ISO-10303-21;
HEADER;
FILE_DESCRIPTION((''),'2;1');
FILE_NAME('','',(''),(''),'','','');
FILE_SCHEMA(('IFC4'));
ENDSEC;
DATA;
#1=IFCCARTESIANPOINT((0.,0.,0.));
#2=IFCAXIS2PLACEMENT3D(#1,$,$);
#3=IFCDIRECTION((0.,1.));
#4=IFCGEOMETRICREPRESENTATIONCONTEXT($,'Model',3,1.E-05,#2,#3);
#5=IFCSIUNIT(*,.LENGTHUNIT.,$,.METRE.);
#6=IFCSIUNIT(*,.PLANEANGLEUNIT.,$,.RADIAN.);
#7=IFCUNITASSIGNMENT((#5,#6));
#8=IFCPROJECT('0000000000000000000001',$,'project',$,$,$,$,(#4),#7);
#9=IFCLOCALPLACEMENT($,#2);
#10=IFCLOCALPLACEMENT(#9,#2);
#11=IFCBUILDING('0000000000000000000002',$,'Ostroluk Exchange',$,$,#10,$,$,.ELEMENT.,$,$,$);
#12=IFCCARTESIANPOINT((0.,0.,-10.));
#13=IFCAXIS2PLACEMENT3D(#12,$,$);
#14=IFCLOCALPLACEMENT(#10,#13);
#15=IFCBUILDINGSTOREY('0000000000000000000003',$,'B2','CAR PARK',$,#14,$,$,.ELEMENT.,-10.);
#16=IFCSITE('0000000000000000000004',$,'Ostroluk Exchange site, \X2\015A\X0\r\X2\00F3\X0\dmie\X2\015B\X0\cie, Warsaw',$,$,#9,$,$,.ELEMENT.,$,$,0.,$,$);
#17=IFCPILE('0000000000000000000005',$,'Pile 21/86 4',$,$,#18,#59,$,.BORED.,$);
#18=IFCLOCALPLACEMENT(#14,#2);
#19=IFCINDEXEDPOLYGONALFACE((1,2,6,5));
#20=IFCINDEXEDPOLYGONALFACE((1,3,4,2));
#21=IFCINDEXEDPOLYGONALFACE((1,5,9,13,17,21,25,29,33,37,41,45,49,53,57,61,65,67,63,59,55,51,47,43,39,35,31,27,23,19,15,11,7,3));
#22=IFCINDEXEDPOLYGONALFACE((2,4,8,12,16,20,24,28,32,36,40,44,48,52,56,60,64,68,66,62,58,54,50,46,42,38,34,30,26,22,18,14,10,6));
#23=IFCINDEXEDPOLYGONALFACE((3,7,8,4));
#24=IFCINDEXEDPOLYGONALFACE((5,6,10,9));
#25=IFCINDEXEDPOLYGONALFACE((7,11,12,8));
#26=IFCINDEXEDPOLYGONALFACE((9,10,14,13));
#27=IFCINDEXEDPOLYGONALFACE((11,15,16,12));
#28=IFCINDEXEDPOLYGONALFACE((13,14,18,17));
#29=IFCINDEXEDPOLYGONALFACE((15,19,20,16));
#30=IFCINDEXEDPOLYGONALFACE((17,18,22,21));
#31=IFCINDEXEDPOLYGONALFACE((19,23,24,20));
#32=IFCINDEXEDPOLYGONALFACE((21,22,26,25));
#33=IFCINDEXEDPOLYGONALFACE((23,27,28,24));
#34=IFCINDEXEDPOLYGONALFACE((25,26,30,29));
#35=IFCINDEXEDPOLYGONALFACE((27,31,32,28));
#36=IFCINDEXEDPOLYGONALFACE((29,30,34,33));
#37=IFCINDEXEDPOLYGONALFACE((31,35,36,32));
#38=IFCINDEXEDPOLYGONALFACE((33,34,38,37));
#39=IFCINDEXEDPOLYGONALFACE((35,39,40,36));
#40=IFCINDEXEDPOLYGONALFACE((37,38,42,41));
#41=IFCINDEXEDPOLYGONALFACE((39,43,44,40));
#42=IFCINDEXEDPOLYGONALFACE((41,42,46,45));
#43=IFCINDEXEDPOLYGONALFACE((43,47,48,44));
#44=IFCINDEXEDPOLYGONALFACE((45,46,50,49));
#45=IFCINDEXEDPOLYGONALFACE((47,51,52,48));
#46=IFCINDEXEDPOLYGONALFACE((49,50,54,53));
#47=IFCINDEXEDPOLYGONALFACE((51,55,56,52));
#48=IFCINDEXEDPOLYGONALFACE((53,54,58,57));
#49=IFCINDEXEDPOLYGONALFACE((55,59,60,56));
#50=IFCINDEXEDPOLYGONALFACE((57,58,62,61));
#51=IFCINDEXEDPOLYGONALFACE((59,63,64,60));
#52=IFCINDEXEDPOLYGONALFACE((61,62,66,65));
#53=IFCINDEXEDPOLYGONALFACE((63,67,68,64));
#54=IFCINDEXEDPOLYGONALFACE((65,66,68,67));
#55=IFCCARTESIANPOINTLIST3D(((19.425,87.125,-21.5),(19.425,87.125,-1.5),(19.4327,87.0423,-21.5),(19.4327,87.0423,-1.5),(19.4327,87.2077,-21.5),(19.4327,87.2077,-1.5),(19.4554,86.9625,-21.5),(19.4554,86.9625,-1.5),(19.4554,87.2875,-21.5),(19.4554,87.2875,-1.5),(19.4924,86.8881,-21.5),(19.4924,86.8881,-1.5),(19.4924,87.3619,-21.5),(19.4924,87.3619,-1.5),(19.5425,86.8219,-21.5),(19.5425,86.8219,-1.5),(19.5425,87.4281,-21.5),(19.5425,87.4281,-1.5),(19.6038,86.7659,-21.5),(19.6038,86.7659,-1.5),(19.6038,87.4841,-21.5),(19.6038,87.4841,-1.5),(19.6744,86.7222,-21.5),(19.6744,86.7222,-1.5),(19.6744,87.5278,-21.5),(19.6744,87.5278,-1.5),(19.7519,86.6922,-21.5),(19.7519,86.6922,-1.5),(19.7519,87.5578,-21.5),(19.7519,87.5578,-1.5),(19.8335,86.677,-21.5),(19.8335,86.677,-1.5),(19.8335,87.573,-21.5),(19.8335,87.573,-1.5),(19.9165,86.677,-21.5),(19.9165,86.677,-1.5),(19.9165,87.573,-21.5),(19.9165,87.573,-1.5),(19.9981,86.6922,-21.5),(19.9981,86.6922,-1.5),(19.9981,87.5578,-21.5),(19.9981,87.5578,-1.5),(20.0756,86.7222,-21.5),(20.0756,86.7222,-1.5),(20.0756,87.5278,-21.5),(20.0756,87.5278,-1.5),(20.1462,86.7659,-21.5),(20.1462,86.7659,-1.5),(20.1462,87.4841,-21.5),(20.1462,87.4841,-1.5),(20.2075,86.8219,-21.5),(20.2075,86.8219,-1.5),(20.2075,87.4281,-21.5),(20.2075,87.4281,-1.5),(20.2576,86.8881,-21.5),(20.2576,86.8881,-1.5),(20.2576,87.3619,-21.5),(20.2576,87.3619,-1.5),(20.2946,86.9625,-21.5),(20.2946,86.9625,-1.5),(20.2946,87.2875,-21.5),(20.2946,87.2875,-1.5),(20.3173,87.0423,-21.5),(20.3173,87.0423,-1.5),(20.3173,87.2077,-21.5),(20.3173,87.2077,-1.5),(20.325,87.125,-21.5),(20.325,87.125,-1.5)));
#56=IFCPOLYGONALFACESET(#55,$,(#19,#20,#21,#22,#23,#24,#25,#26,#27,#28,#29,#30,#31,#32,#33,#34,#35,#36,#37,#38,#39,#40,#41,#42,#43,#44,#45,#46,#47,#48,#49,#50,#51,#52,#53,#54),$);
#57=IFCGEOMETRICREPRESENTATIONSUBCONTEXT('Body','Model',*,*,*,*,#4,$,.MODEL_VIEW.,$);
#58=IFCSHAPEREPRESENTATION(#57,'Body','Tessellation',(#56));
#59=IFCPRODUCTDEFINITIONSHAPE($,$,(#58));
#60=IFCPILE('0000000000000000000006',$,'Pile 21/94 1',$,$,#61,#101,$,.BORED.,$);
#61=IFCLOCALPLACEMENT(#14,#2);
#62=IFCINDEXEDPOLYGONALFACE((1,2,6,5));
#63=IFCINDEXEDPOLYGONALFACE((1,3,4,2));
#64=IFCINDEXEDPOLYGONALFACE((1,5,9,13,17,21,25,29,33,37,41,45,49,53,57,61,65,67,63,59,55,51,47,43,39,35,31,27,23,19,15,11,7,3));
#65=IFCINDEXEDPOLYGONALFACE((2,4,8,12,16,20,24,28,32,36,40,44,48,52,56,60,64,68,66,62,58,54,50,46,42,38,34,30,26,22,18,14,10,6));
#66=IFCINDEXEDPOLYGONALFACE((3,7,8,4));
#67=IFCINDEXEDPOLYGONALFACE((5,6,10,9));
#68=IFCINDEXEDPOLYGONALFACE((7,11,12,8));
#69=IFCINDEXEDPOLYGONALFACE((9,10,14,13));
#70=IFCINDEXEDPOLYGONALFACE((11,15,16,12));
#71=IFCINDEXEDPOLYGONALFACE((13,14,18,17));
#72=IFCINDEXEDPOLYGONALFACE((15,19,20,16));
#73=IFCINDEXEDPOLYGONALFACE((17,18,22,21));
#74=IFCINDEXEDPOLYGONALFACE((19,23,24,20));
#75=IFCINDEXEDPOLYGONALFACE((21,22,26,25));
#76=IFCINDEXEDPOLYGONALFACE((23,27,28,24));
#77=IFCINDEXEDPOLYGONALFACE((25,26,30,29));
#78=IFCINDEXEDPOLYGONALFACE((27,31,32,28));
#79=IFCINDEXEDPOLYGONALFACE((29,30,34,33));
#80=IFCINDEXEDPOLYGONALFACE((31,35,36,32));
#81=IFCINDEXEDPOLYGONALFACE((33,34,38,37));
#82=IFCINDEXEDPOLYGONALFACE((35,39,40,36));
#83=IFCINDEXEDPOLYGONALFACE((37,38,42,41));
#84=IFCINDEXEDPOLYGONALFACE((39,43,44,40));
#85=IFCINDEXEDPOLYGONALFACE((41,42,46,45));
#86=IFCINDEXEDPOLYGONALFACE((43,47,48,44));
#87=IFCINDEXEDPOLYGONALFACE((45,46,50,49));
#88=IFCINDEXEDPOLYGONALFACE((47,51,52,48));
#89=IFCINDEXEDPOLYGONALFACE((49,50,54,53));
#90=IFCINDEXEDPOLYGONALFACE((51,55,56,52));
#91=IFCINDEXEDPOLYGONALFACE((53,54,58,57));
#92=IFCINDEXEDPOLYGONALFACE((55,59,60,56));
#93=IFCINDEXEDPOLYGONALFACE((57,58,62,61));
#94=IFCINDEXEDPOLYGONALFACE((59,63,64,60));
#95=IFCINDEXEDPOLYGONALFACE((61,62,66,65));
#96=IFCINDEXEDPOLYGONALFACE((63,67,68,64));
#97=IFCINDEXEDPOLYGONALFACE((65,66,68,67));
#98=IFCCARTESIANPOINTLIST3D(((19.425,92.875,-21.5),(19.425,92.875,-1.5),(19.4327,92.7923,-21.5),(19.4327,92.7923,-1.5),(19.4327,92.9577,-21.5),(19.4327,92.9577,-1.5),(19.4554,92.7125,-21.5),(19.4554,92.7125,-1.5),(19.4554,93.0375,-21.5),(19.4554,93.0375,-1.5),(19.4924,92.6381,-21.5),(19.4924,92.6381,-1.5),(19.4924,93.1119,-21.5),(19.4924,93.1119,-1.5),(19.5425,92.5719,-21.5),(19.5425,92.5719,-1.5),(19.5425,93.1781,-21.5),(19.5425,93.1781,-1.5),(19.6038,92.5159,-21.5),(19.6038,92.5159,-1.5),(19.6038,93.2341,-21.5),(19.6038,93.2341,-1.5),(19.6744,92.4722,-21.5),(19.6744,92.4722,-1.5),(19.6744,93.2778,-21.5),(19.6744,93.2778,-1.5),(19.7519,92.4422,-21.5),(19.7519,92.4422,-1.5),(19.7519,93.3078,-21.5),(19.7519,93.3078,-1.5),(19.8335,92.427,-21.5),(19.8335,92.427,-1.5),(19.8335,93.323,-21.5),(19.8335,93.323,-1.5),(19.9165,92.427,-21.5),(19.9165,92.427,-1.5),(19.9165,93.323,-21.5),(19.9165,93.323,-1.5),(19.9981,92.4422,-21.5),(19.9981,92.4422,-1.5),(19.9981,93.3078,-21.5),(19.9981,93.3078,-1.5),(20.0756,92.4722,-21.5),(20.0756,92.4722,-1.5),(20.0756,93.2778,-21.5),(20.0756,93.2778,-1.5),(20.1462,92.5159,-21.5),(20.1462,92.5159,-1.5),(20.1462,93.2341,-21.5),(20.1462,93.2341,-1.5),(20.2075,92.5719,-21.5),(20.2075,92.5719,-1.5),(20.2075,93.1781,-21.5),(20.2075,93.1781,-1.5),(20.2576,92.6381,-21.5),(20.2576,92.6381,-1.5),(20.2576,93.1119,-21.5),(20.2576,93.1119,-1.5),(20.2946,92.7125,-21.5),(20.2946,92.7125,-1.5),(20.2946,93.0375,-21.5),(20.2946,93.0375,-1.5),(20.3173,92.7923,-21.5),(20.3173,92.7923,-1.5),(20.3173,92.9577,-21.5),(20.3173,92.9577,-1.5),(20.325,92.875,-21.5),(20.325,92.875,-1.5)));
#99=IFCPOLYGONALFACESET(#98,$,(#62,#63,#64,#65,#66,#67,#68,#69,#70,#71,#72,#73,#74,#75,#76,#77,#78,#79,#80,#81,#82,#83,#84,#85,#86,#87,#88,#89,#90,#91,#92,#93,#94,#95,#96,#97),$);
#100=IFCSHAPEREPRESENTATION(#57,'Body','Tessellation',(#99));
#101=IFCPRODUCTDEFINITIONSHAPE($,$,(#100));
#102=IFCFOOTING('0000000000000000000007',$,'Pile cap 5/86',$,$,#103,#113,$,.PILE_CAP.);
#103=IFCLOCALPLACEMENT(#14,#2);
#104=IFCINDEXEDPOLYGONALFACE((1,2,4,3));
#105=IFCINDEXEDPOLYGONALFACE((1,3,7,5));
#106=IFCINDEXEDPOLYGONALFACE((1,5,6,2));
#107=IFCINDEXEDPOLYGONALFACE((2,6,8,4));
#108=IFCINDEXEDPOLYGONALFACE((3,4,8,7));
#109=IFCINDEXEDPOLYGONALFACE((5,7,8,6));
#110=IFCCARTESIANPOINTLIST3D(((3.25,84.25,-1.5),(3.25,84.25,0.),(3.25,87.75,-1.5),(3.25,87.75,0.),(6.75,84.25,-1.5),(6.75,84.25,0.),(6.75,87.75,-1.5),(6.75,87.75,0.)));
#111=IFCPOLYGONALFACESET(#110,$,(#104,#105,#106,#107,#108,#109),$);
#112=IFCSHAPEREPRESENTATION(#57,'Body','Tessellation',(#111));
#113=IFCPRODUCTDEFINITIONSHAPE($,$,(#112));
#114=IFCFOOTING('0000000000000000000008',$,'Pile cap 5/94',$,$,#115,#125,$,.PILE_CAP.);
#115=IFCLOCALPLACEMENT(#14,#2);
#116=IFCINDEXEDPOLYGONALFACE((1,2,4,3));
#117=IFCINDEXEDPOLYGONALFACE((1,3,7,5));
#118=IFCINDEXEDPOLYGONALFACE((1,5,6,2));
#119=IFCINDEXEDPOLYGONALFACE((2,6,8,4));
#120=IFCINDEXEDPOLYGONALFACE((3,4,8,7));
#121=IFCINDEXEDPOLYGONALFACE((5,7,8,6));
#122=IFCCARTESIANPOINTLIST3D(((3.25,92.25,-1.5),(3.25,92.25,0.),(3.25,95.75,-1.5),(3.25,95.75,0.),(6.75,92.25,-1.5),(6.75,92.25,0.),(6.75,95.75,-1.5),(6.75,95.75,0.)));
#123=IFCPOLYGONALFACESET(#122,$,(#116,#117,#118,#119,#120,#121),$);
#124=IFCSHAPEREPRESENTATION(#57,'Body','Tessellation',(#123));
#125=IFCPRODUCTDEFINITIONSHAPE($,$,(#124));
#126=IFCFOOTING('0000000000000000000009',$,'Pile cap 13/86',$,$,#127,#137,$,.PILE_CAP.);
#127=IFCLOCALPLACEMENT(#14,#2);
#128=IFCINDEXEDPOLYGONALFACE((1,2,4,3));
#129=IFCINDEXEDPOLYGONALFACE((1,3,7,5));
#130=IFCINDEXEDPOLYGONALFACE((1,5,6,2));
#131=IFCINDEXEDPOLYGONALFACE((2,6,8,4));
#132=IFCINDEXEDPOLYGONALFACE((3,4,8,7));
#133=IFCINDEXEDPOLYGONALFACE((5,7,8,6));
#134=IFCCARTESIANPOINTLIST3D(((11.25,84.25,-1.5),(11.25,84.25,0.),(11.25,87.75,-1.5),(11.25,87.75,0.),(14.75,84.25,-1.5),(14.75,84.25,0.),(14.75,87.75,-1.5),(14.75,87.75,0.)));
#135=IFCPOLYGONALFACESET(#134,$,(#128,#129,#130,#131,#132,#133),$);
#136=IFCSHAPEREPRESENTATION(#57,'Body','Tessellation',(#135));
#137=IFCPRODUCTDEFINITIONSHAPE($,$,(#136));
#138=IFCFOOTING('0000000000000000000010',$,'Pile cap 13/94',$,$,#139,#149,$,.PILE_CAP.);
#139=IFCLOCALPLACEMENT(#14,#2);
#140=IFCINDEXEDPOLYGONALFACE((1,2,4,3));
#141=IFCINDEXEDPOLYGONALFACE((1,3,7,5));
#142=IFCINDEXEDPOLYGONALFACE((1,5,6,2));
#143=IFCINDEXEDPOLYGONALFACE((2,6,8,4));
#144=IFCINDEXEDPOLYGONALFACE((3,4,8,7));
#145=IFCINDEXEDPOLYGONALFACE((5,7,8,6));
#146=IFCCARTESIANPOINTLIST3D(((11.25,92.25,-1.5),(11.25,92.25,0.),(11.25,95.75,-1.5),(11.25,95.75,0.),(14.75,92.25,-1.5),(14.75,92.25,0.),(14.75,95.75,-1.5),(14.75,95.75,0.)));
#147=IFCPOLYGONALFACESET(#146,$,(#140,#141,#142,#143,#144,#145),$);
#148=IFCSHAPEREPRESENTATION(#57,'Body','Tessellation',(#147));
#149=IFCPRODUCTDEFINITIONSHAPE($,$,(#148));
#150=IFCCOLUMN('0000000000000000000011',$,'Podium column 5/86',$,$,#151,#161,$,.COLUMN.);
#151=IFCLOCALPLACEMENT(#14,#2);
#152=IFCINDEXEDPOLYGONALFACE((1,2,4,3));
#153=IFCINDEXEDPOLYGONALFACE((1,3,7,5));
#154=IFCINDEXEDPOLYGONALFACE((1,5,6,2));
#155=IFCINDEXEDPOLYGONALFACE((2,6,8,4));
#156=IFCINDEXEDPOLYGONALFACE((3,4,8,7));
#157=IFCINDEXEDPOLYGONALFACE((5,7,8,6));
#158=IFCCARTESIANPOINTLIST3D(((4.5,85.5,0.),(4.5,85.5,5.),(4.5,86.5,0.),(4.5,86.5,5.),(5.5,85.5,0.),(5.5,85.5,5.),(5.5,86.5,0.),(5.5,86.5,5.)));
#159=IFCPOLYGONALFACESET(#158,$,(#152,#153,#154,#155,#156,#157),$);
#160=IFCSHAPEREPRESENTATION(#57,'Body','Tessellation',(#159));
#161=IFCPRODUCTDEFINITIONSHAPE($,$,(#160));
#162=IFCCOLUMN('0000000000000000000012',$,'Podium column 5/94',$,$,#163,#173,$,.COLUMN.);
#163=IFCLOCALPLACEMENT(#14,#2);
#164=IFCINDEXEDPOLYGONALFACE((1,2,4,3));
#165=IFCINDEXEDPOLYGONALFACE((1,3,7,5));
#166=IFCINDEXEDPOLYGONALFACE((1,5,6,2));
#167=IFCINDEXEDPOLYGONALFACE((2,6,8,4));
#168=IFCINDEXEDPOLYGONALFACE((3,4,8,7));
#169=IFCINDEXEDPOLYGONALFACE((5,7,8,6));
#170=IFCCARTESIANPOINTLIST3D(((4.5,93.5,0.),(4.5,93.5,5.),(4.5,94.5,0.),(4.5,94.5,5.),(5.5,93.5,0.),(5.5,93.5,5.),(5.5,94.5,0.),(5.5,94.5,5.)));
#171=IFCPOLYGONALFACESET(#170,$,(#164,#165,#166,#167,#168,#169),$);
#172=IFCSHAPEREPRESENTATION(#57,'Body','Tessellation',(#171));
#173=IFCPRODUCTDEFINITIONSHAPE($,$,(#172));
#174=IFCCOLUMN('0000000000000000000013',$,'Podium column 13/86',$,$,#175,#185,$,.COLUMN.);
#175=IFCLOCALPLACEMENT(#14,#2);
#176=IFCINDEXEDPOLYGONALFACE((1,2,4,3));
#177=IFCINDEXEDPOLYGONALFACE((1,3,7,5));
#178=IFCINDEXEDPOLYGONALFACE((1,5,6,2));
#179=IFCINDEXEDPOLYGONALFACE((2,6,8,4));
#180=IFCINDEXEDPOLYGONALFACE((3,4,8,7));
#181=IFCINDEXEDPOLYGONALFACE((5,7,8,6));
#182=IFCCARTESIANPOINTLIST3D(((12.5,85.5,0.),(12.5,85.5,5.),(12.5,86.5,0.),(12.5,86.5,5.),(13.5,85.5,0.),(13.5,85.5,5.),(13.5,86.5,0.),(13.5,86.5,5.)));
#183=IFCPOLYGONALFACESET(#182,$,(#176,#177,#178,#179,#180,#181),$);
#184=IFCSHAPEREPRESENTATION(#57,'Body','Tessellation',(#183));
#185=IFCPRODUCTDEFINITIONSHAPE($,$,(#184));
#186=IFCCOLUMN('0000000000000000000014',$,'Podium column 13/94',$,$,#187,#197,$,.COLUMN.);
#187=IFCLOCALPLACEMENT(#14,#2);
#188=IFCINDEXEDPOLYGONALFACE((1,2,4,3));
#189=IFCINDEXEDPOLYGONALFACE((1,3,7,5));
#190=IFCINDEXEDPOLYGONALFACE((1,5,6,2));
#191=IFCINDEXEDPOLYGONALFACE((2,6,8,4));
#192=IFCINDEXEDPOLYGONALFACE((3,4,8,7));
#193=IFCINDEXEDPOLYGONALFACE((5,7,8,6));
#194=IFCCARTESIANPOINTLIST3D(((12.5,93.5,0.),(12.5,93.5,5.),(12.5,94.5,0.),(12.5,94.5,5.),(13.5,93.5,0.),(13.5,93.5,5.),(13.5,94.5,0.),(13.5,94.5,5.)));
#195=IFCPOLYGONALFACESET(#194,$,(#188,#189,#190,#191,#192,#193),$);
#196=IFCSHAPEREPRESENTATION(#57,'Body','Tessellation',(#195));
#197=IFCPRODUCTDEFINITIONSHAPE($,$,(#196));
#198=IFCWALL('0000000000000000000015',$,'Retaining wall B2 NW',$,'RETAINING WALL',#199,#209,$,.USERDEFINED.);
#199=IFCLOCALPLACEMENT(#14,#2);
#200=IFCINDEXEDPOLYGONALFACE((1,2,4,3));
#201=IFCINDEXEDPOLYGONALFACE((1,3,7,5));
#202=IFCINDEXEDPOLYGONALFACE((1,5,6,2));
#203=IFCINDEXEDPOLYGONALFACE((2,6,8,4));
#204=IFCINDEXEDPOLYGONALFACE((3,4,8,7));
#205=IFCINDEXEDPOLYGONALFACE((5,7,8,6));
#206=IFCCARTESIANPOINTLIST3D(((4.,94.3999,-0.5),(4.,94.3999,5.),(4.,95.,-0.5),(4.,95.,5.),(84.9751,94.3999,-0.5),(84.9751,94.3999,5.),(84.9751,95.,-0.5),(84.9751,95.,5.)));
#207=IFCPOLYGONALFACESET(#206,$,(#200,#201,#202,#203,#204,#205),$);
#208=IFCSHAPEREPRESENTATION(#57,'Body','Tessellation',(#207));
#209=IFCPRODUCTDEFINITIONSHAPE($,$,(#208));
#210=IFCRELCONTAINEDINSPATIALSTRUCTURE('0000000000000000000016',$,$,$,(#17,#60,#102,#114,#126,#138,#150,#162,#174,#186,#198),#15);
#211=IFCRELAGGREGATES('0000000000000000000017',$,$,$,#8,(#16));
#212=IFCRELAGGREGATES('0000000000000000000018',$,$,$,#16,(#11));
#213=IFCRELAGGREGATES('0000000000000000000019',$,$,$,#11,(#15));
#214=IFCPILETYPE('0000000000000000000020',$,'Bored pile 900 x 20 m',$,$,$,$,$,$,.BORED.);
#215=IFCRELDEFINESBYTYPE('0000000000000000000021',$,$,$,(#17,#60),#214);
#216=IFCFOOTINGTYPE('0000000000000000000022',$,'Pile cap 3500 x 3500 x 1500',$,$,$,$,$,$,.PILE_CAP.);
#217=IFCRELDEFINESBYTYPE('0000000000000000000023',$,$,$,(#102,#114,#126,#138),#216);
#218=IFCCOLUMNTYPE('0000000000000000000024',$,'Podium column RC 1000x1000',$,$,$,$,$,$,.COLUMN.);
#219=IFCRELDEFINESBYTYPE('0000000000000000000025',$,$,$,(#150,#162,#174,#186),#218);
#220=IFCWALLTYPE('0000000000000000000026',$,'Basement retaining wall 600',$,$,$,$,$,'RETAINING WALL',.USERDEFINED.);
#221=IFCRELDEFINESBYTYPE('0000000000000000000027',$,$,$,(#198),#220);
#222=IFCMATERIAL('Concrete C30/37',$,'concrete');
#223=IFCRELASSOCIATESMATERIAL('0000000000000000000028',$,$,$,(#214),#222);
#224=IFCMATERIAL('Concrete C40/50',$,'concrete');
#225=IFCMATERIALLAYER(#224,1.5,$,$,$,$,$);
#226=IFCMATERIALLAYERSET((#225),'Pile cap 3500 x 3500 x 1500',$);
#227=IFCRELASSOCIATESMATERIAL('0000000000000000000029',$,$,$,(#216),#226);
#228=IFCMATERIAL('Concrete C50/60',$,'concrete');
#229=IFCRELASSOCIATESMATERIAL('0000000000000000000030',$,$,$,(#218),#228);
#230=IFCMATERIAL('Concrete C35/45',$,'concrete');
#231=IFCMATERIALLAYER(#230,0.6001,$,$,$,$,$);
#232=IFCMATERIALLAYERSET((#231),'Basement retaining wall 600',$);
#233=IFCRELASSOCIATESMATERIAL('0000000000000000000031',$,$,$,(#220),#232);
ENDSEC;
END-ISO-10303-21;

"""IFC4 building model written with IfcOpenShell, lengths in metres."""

from ifc_helpers import new_model, si_unit, direction, frame, frame_2d, origin, origin_2d, place, context, subcontext, project, spatial, rectangle, circle, extrude, material, layer, layer_set, material_profile, profile_set, type_object, element, save


model = new_model("IFC4")

# Units and contexts
model_context = context("Model", 3, precision=1e-05, world=origin(), true_north=direction((0.0, 1.0)))
body_context = subcontext(model_context, "Body", "Model", "MODEL_VIEW")
ifc_project = project(units=[si_unit("LENGTHUNIT", "METRE"), si_unit("PLANEANGLEUNIT", "RADIAN")], contexts=[model_context])

# Site, building, storey
site_placement = place(None, origin())
site = spatial("IfcSite", under=ifc_project, at=site_placement, Name="Ostroluk Exchange site, Śródmieście, Warsaw", CompositionType="ELEMENT", RefElevation=0.0)
building_placement = place(site_placement, origin())
building = spatial("IfcBuilding", under=site, at=building_placement, Name="Ostroluk Exchange", CompositionType="ELEMENT")
storey_placement = place(building_placement, frame((0.0, 0.0, -10.0)))
storey = spatial("IfcBuildingStorey", under=building, at=storey_placement, Name="B2", Description="CAR PARK", CompositionType="ELEMENT", Elevation=-10.0)

# Piles
ifc_material_1 = material(Name="Concrete C30/37", Category="concrete")
pile_type = type_object("IfcPileType", Name="Bored pile 900 x 20 m", PredefinedType="BORED", material=ifc_material_1)
for number, where, z_axis, x_axis, name in (
    (1, (19.875, 87.125, -1.5), (0.0, 0.0, -1.0), (1.0, 0.0, 0.0), "Pile 21/86 4"),
    (2, (19.875, 92.875, -1.5), (0.0, 0.0, -1.0), (1.0, 0.0, 0.0), "Pile 21/94 1"),
):
    element("IfcPile", number, at=place(storey_placement, frame(where, z_axis=z_axis, x_axis=x_axis)), inside=storey, type_object=pile_type, Name=name, PredefinedType="BORED", context=body_context, shape_type="SweptSolid", body=[
        extrude(circle(Radius=0.45, at=origin_2d()), origin(), (0.0, 0.0, 1.0), 20.0),
    ])

# Footings
ifc_material_2 = material(Name="Concrete C40/50", Category="concrete")
ifc_layer_1 = layer(ifc_material_2, 1.5)
ifc_layer_set_1 = layer_set([ifc_layer_1], Name="Pile cap 3500 x 3500 x 1500")
footing_type = type_object("IfcFootingType", Name="Pile cap 3500 x 3500 x 1500", PredefinedType="PILE_CAP", material=ifc_layer_set_1)
for number, where, z_axis, x_axis, name in (
    (3, (5.0, 86.0, -1.5), (0.0, 0.0, 1.0), (1.0, 0.0, 0.0), "Pile cap 5/86"),
    (4, (5.0, 94.0, -1.5), (0.0, 0.0, 1.0), (1.0, 0.0, 0.0), "Pile cap 5/94"),
    (5, (13.0, 86.0, -1.5), (0.0, 0.0, 1.0), (1.0, 0.0, 0.0), "Pile cap 13/86"),
    (6, (13.0, 94.0, -1.5), (0.0, 0.0, 1.0), (1.0, 0.0, 0.0), "Pile cap 13/94"),
):
    element("IfcFooting", number, at=place(storey_placement, frame(where, z_axis=z_axis, x_axis=x_axis)), inside=storey, type_object=footing_type, Name=name, PredefinedType="PILE_CAP", context=body_context, shape_type="SweptSolid", body=[
        extrude(rectangle(XDim=3.5, YDim=3.5, at=origin_2d()), origin(), (0.0, 0.0, 1.0), 1.5),
    ])

# Columns
ifc_material_3 = material(Name="Concrete C50/60", Category="concrete")
ifc_material_profile = material_profile(ifc_material_3, rectangle(XDim=1.0, YDim=1.0, at=origin_2d()), Name="RC 1000x1000")
ifc_profile_set = profile_set([ifc_material_profile], Name="Concrete C50/60")
column_type = type_object("IfcColumnType", Name="Podium column RC 1000x1000", PredefinedType="COLUMN", material=ifc_profile_set)
for number, where, z_axis, x_axis, name in (
    (7, (5.0, 86.0, 0.0), (0.0, 0.0, 1.0), (1.0, 0.0, 0.0), "Podium column 5/86"),
    (8, (5.0, 94.0, 0.0), (0.0, 0.0, 1.0), (1.0, 0.0, 0.0), "Podium column 5/94"),
    (9, (13.0, 86.0, 0.0), (0.0, 0.0, 1.0), (1.0, 0.0, 0.0), "Podium column 13/86"),
    (10, (13.0, 94.0, 0.0), (0.0, 0.0, 1.0), (1.0, 0.0, 0.0), "Podium column 13/94"),
):
    element("IfcColumn", number, at=place(storey_placement, frame(where, z_axis=z_axis, x_axis=x_axis)), inside=storey, type_object=column_type, Name=name, PredefinedType="COLUMN", context=body_context, shape_type="SweptSolid", body=[
        extrude(rectangle(XDim=1.0, YDim=1.0, at=origin_2d()), origin(), (0.0, 0.0, 1.0), 5.0),
    ])

# Wall
ifc_material_4 = material(Name="Concrete C35/45", Category="concrete")
ifc_layer_2 = layer(ifc_material_4, 0.6001)
ifc_layer_set_2 = layer_set([ifc_layer_2], Name="Basement retaining wall 600")
wall_type = type_object("IfcWallType", Name="Basement retaining wall 600", ElementType="RETAINING WALL", PredefinedType="USERDEFINED", material=ifc_layer_set_2)
wall_placement = place(storey_placement, frame((4.0, 94.7, -0.5), z_axis=(0.0, 0.0, 1.0), x_axis=(1.0, 0.0, 0.0)))
element("IfcWall", 11, at=wall_placement, inside=storey, type_object=wall_type, Name="Retaining wall B2 NW", ObjectType="RETAINING WALL", PredefinedType="USERDEFINED", context=body_context, shape_type="SweptSolid", body=[
    extrude(rectangle(XDim=80.9751, YDim=0.6001, at=frame_2d((40.4875, 0.0))), origin(), (0.0, 0.0, 1.0), 5.5),
])

save(model, "model.ifc")
